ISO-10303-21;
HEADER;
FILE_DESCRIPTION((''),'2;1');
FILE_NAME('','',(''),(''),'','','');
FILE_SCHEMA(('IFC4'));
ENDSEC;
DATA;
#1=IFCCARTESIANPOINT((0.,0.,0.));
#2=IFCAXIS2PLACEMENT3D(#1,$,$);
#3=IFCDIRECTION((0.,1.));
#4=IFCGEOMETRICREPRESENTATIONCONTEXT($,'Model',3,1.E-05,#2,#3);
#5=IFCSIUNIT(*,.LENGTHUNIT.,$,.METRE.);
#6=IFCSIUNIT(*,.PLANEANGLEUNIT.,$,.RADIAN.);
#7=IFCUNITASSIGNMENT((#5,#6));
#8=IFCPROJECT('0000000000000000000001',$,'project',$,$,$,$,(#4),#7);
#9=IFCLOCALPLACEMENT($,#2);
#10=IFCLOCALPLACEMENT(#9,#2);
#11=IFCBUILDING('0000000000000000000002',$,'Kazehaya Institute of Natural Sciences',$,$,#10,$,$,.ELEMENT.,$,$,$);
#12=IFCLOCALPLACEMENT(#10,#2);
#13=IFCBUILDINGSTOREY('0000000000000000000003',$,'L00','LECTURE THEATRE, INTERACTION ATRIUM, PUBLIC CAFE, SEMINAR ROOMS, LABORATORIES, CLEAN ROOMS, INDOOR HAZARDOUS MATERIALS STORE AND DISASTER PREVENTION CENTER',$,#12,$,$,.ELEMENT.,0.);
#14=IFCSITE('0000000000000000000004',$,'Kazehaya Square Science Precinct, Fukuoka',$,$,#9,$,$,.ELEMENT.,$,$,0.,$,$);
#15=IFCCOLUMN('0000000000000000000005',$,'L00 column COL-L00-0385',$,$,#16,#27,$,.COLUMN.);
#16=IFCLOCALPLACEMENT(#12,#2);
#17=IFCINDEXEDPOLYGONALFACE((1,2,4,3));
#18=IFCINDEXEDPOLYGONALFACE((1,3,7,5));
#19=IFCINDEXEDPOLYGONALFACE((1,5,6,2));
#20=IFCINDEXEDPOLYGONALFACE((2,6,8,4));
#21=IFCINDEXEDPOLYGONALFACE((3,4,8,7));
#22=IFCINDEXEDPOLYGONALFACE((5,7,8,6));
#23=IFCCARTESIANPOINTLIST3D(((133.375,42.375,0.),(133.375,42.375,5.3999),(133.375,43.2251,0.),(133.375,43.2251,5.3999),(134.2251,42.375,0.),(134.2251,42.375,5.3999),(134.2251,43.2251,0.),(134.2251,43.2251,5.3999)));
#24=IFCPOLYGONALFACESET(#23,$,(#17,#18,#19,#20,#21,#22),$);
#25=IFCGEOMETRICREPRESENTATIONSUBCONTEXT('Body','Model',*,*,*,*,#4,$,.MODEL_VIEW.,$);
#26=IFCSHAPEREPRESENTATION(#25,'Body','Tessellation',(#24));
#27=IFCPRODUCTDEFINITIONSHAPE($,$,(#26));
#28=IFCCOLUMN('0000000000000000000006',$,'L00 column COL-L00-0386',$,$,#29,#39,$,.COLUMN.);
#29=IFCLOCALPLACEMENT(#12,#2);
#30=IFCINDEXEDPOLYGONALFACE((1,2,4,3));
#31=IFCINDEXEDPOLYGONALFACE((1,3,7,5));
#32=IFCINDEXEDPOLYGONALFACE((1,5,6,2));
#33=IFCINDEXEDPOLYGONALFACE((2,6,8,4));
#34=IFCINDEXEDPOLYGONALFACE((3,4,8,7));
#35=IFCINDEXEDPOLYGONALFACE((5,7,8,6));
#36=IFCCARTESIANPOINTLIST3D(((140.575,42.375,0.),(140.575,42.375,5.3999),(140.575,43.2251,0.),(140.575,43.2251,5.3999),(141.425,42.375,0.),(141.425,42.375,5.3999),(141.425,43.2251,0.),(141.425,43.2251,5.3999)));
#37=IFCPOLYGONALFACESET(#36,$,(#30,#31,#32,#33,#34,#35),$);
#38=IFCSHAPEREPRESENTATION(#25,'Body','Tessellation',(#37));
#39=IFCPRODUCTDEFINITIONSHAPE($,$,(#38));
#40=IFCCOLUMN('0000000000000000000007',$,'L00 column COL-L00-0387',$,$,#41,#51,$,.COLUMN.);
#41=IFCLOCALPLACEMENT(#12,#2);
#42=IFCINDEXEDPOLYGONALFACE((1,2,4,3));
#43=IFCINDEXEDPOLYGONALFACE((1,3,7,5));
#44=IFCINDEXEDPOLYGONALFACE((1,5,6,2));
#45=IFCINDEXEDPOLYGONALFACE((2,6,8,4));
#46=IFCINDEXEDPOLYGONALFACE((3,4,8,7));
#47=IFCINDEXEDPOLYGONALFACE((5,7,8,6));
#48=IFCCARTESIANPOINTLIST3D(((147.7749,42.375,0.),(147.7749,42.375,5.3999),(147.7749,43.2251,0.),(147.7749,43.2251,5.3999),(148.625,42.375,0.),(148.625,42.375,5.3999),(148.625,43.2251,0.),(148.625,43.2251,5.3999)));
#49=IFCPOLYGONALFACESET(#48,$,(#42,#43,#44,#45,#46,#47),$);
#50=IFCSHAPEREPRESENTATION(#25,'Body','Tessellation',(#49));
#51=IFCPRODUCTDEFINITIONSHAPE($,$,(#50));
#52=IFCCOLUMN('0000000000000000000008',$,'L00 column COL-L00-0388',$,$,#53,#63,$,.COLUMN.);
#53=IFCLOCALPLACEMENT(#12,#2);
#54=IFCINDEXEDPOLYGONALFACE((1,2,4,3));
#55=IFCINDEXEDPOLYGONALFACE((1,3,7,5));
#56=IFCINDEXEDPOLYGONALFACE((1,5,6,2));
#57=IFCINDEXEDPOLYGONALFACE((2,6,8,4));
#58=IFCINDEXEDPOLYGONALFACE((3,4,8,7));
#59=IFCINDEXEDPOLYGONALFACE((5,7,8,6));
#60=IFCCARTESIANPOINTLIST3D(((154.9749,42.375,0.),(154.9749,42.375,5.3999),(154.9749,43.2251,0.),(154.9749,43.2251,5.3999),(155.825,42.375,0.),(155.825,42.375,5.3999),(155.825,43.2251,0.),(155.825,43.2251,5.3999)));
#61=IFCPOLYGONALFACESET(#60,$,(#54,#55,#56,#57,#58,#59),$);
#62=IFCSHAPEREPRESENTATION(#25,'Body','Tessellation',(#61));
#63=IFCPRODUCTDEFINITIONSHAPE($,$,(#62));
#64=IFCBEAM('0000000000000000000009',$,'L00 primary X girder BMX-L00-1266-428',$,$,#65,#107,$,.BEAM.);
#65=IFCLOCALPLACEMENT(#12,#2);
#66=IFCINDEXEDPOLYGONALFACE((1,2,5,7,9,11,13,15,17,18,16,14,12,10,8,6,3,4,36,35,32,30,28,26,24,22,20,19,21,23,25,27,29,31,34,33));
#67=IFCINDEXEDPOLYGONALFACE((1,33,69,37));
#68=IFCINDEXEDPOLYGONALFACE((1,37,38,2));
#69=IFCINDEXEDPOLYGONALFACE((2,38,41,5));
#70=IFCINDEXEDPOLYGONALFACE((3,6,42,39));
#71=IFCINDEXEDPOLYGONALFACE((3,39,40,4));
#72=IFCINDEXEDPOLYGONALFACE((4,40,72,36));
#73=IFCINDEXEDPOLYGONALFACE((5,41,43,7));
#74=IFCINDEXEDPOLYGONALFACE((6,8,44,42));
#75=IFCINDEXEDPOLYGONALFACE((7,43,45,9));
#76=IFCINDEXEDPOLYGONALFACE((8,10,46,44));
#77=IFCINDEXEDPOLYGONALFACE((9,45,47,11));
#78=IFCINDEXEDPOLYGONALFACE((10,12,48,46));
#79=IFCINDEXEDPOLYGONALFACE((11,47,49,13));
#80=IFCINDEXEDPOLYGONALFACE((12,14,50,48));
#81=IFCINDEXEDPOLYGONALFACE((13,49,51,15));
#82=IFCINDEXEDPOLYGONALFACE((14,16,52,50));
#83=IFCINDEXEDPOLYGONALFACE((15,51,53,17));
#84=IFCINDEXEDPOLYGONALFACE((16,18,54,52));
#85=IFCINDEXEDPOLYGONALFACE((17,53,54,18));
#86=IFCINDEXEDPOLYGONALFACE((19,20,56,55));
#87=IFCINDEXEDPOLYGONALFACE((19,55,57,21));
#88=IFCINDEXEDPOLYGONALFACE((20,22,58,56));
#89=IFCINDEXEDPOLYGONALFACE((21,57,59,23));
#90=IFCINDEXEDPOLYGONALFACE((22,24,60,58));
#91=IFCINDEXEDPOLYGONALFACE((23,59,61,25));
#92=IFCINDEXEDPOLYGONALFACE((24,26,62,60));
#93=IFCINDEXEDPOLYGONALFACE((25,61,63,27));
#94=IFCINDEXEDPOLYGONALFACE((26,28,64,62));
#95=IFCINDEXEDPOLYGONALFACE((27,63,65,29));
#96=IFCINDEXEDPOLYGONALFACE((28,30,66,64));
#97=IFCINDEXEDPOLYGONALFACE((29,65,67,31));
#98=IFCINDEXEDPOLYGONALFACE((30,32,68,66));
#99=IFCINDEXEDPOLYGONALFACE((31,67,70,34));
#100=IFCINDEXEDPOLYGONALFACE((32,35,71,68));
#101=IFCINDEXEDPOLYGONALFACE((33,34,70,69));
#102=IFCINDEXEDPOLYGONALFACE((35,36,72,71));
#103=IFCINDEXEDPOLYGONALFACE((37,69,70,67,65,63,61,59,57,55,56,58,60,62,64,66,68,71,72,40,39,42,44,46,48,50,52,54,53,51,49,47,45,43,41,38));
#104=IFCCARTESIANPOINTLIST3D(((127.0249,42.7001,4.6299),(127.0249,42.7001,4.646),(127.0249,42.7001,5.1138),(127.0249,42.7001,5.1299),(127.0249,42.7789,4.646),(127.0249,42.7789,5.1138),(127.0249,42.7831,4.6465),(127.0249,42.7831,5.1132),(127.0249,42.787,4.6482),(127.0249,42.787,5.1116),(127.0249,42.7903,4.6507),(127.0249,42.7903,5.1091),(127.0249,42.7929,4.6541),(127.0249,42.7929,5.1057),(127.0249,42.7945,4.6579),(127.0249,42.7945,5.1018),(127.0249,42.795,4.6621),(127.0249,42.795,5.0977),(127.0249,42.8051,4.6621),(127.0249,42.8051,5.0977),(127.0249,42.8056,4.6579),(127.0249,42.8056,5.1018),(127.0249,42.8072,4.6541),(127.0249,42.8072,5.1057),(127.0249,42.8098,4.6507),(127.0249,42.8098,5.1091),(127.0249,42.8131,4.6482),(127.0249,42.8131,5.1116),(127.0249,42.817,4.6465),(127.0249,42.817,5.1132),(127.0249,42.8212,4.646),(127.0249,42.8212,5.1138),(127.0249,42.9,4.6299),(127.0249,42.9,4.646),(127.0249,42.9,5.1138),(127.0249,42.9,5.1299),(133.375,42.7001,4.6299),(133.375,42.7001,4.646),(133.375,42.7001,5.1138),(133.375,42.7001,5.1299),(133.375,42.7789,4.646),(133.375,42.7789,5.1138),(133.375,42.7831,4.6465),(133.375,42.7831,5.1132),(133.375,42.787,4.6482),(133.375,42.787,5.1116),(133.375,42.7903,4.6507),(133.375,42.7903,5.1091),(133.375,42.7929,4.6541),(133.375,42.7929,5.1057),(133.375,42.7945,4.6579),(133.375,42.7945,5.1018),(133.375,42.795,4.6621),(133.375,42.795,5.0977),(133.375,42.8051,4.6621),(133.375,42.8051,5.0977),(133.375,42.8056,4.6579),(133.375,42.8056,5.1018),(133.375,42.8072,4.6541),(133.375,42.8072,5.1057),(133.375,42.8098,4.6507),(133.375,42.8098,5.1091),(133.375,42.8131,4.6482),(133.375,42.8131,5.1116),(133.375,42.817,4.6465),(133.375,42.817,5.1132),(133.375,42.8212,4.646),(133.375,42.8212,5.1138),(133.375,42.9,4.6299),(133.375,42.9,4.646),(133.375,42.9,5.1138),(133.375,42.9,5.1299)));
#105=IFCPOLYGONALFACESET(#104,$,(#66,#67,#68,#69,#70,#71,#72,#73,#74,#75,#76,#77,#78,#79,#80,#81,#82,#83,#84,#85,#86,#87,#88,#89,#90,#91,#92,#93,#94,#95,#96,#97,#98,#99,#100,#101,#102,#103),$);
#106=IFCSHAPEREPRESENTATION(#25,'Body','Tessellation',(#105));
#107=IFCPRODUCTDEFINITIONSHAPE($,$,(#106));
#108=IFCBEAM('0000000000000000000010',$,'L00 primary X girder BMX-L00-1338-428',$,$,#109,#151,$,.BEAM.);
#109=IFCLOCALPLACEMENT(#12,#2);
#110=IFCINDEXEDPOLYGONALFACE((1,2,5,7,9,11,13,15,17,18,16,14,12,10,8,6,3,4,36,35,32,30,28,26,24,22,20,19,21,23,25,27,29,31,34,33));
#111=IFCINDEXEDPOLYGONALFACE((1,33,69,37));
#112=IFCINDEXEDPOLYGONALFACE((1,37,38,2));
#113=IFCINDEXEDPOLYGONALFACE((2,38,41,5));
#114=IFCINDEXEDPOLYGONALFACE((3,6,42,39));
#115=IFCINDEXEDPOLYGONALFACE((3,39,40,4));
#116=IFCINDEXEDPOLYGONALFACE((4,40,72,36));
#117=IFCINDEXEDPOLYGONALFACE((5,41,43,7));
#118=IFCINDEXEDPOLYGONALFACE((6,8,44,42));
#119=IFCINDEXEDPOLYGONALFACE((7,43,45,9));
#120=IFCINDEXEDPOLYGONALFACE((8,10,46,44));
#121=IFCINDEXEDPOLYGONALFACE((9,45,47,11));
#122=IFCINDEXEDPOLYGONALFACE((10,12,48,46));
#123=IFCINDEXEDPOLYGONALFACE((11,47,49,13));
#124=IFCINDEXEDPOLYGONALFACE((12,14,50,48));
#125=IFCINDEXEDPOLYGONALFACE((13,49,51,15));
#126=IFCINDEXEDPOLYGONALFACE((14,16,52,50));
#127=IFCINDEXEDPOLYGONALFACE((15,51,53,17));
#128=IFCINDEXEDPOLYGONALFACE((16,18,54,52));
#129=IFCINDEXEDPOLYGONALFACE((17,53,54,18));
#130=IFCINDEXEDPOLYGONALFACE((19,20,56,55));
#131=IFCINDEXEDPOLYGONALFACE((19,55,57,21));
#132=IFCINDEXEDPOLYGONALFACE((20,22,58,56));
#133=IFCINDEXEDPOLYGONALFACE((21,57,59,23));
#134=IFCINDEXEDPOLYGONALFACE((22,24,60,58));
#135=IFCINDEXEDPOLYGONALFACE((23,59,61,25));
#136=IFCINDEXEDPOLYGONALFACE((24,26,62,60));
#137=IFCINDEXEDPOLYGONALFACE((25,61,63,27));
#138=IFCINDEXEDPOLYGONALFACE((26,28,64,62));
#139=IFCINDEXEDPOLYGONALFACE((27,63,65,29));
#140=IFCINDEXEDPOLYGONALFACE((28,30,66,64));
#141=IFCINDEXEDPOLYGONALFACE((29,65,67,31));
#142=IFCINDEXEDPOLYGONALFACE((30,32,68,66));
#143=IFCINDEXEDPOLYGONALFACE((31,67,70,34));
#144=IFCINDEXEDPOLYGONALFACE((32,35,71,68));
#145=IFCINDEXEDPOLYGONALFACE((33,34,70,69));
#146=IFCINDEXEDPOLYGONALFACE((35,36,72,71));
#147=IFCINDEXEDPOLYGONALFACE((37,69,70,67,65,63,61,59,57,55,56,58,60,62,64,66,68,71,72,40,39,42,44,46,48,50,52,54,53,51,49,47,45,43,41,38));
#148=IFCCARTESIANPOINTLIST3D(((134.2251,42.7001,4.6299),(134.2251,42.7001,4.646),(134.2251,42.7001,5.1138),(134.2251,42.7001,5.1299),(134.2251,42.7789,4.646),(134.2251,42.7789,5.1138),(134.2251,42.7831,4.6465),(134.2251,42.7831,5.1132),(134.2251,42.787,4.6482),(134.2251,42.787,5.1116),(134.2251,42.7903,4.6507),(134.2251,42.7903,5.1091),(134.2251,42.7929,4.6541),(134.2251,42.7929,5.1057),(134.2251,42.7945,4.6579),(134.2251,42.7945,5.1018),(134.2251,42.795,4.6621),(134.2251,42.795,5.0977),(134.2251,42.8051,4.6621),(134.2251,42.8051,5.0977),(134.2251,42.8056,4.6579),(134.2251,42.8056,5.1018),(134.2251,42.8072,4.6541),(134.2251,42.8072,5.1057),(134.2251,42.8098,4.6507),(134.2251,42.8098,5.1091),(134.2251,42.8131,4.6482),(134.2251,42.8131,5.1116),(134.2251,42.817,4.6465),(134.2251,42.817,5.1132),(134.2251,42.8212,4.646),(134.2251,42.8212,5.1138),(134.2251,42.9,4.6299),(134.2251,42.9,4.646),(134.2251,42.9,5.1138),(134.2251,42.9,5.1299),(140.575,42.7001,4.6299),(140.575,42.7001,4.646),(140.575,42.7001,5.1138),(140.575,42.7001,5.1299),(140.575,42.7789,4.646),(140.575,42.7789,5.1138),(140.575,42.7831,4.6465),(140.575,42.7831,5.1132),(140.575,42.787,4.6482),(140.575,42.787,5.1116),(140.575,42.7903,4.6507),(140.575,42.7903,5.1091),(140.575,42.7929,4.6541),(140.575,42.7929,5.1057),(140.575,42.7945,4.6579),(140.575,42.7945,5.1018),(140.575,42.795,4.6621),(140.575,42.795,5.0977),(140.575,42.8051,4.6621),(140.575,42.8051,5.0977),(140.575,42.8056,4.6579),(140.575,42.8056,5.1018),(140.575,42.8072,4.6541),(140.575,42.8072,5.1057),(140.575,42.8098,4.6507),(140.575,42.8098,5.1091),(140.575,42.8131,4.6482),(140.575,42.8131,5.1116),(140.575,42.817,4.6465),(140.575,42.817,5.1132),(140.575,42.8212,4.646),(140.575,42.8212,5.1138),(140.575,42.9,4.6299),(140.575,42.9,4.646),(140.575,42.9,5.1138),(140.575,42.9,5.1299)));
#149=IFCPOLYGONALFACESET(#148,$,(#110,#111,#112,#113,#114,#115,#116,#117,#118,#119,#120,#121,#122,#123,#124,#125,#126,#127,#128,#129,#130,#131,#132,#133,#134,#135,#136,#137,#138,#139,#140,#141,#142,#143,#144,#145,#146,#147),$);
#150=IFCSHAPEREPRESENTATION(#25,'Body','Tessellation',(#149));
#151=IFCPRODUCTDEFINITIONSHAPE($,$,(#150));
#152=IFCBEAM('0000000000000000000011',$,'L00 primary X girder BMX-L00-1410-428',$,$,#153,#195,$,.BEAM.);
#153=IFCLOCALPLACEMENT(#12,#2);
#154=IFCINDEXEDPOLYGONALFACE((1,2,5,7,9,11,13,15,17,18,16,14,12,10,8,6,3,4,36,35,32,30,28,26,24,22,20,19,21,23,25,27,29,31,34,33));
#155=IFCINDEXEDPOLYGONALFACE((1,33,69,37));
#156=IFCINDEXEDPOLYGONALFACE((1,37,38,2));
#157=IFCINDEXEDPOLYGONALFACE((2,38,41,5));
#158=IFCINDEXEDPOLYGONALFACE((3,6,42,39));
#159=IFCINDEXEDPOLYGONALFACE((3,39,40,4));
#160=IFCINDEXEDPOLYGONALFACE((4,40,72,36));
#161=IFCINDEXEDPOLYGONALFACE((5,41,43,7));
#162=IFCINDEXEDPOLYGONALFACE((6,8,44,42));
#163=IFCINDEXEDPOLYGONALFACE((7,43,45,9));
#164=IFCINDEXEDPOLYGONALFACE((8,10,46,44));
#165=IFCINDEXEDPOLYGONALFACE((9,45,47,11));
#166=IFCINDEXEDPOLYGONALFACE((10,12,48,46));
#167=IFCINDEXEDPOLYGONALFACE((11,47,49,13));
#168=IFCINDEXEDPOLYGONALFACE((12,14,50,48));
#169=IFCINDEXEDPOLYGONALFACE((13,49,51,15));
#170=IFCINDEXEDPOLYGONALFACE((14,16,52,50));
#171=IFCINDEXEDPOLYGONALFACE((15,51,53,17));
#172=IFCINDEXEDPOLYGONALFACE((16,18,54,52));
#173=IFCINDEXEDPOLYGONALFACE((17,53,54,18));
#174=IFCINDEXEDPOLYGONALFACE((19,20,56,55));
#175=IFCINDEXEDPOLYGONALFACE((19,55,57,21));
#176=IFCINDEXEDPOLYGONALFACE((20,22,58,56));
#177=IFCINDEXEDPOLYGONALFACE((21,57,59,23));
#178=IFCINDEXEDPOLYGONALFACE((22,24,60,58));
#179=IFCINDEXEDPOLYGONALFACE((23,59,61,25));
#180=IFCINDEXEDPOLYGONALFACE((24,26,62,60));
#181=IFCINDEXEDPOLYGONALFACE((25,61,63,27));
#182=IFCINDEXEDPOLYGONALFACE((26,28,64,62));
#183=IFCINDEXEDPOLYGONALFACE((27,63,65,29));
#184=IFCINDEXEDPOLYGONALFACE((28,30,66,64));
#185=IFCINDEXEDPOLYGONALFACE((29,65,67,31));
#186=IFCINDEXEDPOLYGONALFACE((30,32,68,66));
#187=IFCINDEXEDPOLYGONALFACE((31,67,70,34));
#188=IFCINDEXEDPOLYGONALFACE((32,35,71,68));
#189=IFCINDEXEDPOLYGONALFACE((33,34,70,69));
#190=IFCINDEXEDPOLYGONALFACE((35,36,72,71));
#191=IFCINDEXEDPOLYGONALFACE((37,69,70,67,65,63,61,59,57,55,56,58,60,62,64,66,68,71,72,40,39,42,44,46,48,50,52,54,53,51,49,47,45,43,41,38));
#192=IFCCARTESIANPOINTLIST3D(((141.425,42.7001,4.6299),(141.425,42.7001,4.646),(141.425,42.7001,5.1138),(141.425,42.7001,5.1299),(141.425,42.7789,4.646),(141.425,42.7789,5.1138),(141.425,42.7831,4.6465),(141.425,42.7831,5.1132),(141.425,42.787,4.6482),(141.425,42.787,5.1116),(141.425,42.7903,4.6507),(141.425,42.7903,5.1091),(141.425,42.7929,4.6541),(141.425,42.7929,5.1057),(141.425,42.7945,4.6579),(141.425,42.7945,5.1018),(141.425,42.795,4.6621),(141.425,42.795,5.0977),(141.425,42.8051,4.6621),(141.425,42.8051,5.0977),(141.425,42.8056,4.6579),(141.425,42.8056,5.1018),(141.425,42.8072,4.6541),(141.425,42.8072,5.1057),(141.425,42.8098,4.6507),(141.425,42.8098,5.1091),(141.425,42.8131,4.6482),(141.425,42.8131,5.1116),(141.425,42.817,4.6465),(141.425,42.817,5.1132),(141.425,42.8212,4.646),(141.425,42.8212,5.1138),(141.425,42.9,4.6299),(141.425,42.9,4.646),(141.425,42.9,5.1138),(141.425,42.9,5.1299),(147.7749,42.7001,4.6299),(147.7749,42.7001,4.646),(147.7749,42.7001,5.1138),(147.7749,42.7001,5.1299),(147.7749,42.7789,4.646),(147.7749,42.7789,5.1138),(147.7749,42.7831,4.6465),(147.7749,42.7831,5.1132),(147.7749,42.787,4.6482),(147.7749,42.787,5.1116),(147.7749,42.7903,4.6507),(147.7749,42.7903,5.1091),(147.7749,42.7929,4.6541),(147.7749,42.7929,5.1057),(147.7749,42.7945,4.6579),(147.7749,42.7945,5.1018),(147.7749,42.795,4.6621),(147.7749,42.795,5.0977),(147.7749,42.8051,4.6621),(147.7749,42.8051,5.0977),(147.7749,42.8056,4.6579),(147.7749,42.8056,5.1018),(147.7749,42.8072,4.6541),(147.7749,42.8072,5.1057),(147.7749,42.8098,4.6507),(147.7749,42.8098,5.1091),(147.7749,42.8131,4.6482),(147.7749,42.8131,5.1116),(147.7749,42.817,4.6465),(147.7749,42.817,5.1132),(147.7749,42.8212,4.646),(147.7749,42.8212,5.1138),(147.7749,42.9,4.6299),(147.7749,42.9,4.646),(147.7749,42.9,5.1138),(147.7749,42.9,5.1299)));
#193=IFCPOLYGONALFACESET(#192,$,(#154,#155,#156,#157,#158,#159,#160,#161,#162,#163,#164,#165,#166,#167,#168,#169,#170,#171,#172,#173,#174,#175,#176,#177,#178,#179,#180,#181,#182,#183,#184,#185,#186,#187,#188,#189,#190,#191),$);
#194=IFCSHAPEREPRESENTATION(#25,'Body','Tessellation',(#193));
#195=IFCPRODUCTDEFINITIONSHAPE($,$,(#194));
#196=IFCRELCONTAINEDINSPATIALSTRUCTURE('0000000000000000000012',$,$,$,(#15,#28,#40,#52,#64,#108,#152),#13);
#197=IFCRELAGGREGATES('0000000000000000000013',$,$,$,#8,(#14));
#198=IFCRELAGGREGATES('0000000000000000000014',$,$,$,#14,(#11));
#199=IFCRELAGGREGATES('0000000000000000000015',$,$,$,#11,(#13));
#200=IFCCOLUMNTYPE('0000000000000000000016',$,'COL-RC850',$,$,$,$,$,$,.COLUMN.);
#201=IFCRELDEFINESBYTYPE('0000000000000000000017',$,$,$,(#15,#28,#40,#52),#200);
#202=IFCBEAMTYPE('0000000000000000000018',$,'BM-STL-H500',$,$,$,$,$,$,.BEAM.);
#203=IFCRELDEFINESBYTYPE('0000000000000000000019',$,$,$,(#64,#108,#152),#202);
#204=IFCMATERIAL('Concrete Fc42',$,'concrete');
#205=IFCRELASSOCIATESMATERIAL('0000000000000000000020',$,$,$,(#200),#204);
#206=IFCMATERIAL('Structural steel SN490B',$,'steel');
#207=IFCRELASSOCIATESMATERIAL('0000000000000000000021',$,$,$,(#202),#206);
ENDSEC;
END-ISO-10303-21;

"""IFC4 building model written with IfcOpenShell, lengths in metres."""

from ifc_helpers import new_model, si_unit, direction, frame, origin, origin_2d, place, context, subcontext, project, spatial, rectangle, i_section, extrude, material, material_profile, profile_set, type_object, element, save


model = new_model("IFC4")

# Units and contexts
model_context = context("Model", 3, precision=1e-05, world=origin(), true_north=direction((0.0, 1.0)))
body_context = subcontext(model_context, "Body", "Model", "MODEL_VIEW")
ifc_project = project(units=[si_unit("LENGTHUNIT", "METRE"), si_unit("PLANEANGLEUNIT", "RADIAN")], contexts=[model_context])

# Site, building, storey
site_placement = place(None, origin())
site = spatial("IfcSite", under=ifc_project, at=site_placement, Name="Kazehaya Square Science Precinct, Fukuoka", CompositionType="ELEMENT", RefElevation=0.0)
building_placement = place(site_placement, origin())
building = spatial("IfcBuilding", under=site, at=building_placement, Name="Kazehaya Institute of Natural Sciences", CompositionType="ELEMENT")
storey_placement = place(building_placement, origin())
storey = spatial("IfcBuildingStorey", under=building, at=storey_placement, Name="L00", Description="LECTURE THEATRE, INTERACTION ATRIUM, PUBLIC CAFE, SEMINAR ROOMS, LABORATORIES, CLEAN ROOMS, INDOOR HAZARDOUS MATERIALS STORE AND DISASTER PREVENTION CENTER", CompositionType="ELEMENT", Elevation=0.0)

# Columns
ifc_material_1 = material(Name="Concrete Fc42", Category="concrete")
ifc_material_profile_1 = material_profile(ifc_material_1, rectangle(XDim=0.8501, YDim=0.8501, at=origin_2d()), Name="RC-850x850")
ifc_profile_set_1 = profile_set([ifc_material_profile_1], Name="Concrete Fc42")
column_type = type_object("IfcColumnType", Name="COL-RC850", PredefinedType="COLUMN", material=ifc_profile_set_1)
for number, where, z_axis, x_axis, name in (
    (1, (133.8, 42.8, 0.0), (0.0, 0.0, 1.0), (1.0, 0.0, 0.0), "L00 column COL-L00-0385"),
    (2, (141.0, 42.8, 0.0), (0.0, 0.0, 1.0), (1.0, 0.0, 0.0), "L00 column COL-L00-0386"),
    (3, (148.2, 42.8, 0.0), (0.0, 0.0, 1.0), (1.0, 0.0, 0.0), "L00 column COL-L00-0387"),
    (4, (155.3999, 42.8, 0.0), (0.0, 0.0, 1.0), (1.0, 0.0, 0.0), "L00 column COL-L00-0388"),
):
    element("IfcColumn", number, at=place(storey_placement, frame(where, z_axis=z_axis, x_axis=x_axis)), inside=storey, type_object=column_type, Name=name, PredefinedType="COLUMN", context=body_context, shape_type="SweptSolid", body=[
        extrude(rectangle(XDim=0.8501, YDim=0.8501, at=origin_2d()), origin(), (0.0, 0.0, 1.0), 5.3999),
    ])

# Beams
ifc_material_2 = material(Name="Structural steel SN490B", Category="steel")
ifc_material_profile_2 = material_profile(ifc_material_2, i_section(OverallWidth=0.2, OverallDepth=0.5, WebThickness=0.01, FlangeThickness=0.0161, FilletRadius=0.0161, at=origin_2d()), Name="H-500x200x10x16")
ifc_profile_set_2 = profile_set([ifc_material_profile_2], Name="Structural steel SN490B")
beam_type = type_object("IfcBeamType", Name="BM-STL-H500", PredefinedType="BEAM", material=ifc_profile_set_2)
beam_placement = place(storey_placement, frame((127.0249, 42.8, 4.8799), z_axis=(1.0, 0.0, 0.0), x_axis=(0.0, 1.0, 0.0)))
element("IfcBeam", 5, at=beam_placement, inside=storey, type_object=beam_type, Name="L00 primary X girder BMX-L00-1266-428", PredefinedType="BEAM", context=body_context, shape_type="SweptSolid", body=[
    extrude(i_section(OverallWidth=0.2, OverallDepth=0.5, WebThickness=0.01, FlangeThickness=0.0161, FilletRadius=0.0161, at=origin_2d()), origin(), (0.0, 0.0, 1.0), 6.3501),
])
for number, where, z_axis, x_axis, name in (
    (6, (134.2251, 42.8, 4.8799), (1.0, 0.0, 0.0), (0.0, 1.0, 0.0), "L00 primary X girder BMX-L00-1338-428"),
    (7, (141.425, 42.8, 4.8799), (1.0, 0.0, 0.0), (0.0, 1.0, 0.0), "L00 primary X girder BMX-L00-1410-428"),
):
    element("IfcBeam", number, at=place(storey_placement, frame(where, z_axis=z_axis, x_axis=x_axis)), inside=storey, type_object=beam_type, Name=name, PredefinedType="BEAM", context=body_context, shape_type="SweptSolid", body=[
        extrude(i_section(OverallWidth=0.2, OverallDepth=0.5, WebThickness=0.01, FlangeThickness=0.0161, FilletRadius=0.0161, at=origin_2d()), origin(), (0.0, 0.0, 1.0), 6.3499),
    ])

save(model, "model.ifc")
